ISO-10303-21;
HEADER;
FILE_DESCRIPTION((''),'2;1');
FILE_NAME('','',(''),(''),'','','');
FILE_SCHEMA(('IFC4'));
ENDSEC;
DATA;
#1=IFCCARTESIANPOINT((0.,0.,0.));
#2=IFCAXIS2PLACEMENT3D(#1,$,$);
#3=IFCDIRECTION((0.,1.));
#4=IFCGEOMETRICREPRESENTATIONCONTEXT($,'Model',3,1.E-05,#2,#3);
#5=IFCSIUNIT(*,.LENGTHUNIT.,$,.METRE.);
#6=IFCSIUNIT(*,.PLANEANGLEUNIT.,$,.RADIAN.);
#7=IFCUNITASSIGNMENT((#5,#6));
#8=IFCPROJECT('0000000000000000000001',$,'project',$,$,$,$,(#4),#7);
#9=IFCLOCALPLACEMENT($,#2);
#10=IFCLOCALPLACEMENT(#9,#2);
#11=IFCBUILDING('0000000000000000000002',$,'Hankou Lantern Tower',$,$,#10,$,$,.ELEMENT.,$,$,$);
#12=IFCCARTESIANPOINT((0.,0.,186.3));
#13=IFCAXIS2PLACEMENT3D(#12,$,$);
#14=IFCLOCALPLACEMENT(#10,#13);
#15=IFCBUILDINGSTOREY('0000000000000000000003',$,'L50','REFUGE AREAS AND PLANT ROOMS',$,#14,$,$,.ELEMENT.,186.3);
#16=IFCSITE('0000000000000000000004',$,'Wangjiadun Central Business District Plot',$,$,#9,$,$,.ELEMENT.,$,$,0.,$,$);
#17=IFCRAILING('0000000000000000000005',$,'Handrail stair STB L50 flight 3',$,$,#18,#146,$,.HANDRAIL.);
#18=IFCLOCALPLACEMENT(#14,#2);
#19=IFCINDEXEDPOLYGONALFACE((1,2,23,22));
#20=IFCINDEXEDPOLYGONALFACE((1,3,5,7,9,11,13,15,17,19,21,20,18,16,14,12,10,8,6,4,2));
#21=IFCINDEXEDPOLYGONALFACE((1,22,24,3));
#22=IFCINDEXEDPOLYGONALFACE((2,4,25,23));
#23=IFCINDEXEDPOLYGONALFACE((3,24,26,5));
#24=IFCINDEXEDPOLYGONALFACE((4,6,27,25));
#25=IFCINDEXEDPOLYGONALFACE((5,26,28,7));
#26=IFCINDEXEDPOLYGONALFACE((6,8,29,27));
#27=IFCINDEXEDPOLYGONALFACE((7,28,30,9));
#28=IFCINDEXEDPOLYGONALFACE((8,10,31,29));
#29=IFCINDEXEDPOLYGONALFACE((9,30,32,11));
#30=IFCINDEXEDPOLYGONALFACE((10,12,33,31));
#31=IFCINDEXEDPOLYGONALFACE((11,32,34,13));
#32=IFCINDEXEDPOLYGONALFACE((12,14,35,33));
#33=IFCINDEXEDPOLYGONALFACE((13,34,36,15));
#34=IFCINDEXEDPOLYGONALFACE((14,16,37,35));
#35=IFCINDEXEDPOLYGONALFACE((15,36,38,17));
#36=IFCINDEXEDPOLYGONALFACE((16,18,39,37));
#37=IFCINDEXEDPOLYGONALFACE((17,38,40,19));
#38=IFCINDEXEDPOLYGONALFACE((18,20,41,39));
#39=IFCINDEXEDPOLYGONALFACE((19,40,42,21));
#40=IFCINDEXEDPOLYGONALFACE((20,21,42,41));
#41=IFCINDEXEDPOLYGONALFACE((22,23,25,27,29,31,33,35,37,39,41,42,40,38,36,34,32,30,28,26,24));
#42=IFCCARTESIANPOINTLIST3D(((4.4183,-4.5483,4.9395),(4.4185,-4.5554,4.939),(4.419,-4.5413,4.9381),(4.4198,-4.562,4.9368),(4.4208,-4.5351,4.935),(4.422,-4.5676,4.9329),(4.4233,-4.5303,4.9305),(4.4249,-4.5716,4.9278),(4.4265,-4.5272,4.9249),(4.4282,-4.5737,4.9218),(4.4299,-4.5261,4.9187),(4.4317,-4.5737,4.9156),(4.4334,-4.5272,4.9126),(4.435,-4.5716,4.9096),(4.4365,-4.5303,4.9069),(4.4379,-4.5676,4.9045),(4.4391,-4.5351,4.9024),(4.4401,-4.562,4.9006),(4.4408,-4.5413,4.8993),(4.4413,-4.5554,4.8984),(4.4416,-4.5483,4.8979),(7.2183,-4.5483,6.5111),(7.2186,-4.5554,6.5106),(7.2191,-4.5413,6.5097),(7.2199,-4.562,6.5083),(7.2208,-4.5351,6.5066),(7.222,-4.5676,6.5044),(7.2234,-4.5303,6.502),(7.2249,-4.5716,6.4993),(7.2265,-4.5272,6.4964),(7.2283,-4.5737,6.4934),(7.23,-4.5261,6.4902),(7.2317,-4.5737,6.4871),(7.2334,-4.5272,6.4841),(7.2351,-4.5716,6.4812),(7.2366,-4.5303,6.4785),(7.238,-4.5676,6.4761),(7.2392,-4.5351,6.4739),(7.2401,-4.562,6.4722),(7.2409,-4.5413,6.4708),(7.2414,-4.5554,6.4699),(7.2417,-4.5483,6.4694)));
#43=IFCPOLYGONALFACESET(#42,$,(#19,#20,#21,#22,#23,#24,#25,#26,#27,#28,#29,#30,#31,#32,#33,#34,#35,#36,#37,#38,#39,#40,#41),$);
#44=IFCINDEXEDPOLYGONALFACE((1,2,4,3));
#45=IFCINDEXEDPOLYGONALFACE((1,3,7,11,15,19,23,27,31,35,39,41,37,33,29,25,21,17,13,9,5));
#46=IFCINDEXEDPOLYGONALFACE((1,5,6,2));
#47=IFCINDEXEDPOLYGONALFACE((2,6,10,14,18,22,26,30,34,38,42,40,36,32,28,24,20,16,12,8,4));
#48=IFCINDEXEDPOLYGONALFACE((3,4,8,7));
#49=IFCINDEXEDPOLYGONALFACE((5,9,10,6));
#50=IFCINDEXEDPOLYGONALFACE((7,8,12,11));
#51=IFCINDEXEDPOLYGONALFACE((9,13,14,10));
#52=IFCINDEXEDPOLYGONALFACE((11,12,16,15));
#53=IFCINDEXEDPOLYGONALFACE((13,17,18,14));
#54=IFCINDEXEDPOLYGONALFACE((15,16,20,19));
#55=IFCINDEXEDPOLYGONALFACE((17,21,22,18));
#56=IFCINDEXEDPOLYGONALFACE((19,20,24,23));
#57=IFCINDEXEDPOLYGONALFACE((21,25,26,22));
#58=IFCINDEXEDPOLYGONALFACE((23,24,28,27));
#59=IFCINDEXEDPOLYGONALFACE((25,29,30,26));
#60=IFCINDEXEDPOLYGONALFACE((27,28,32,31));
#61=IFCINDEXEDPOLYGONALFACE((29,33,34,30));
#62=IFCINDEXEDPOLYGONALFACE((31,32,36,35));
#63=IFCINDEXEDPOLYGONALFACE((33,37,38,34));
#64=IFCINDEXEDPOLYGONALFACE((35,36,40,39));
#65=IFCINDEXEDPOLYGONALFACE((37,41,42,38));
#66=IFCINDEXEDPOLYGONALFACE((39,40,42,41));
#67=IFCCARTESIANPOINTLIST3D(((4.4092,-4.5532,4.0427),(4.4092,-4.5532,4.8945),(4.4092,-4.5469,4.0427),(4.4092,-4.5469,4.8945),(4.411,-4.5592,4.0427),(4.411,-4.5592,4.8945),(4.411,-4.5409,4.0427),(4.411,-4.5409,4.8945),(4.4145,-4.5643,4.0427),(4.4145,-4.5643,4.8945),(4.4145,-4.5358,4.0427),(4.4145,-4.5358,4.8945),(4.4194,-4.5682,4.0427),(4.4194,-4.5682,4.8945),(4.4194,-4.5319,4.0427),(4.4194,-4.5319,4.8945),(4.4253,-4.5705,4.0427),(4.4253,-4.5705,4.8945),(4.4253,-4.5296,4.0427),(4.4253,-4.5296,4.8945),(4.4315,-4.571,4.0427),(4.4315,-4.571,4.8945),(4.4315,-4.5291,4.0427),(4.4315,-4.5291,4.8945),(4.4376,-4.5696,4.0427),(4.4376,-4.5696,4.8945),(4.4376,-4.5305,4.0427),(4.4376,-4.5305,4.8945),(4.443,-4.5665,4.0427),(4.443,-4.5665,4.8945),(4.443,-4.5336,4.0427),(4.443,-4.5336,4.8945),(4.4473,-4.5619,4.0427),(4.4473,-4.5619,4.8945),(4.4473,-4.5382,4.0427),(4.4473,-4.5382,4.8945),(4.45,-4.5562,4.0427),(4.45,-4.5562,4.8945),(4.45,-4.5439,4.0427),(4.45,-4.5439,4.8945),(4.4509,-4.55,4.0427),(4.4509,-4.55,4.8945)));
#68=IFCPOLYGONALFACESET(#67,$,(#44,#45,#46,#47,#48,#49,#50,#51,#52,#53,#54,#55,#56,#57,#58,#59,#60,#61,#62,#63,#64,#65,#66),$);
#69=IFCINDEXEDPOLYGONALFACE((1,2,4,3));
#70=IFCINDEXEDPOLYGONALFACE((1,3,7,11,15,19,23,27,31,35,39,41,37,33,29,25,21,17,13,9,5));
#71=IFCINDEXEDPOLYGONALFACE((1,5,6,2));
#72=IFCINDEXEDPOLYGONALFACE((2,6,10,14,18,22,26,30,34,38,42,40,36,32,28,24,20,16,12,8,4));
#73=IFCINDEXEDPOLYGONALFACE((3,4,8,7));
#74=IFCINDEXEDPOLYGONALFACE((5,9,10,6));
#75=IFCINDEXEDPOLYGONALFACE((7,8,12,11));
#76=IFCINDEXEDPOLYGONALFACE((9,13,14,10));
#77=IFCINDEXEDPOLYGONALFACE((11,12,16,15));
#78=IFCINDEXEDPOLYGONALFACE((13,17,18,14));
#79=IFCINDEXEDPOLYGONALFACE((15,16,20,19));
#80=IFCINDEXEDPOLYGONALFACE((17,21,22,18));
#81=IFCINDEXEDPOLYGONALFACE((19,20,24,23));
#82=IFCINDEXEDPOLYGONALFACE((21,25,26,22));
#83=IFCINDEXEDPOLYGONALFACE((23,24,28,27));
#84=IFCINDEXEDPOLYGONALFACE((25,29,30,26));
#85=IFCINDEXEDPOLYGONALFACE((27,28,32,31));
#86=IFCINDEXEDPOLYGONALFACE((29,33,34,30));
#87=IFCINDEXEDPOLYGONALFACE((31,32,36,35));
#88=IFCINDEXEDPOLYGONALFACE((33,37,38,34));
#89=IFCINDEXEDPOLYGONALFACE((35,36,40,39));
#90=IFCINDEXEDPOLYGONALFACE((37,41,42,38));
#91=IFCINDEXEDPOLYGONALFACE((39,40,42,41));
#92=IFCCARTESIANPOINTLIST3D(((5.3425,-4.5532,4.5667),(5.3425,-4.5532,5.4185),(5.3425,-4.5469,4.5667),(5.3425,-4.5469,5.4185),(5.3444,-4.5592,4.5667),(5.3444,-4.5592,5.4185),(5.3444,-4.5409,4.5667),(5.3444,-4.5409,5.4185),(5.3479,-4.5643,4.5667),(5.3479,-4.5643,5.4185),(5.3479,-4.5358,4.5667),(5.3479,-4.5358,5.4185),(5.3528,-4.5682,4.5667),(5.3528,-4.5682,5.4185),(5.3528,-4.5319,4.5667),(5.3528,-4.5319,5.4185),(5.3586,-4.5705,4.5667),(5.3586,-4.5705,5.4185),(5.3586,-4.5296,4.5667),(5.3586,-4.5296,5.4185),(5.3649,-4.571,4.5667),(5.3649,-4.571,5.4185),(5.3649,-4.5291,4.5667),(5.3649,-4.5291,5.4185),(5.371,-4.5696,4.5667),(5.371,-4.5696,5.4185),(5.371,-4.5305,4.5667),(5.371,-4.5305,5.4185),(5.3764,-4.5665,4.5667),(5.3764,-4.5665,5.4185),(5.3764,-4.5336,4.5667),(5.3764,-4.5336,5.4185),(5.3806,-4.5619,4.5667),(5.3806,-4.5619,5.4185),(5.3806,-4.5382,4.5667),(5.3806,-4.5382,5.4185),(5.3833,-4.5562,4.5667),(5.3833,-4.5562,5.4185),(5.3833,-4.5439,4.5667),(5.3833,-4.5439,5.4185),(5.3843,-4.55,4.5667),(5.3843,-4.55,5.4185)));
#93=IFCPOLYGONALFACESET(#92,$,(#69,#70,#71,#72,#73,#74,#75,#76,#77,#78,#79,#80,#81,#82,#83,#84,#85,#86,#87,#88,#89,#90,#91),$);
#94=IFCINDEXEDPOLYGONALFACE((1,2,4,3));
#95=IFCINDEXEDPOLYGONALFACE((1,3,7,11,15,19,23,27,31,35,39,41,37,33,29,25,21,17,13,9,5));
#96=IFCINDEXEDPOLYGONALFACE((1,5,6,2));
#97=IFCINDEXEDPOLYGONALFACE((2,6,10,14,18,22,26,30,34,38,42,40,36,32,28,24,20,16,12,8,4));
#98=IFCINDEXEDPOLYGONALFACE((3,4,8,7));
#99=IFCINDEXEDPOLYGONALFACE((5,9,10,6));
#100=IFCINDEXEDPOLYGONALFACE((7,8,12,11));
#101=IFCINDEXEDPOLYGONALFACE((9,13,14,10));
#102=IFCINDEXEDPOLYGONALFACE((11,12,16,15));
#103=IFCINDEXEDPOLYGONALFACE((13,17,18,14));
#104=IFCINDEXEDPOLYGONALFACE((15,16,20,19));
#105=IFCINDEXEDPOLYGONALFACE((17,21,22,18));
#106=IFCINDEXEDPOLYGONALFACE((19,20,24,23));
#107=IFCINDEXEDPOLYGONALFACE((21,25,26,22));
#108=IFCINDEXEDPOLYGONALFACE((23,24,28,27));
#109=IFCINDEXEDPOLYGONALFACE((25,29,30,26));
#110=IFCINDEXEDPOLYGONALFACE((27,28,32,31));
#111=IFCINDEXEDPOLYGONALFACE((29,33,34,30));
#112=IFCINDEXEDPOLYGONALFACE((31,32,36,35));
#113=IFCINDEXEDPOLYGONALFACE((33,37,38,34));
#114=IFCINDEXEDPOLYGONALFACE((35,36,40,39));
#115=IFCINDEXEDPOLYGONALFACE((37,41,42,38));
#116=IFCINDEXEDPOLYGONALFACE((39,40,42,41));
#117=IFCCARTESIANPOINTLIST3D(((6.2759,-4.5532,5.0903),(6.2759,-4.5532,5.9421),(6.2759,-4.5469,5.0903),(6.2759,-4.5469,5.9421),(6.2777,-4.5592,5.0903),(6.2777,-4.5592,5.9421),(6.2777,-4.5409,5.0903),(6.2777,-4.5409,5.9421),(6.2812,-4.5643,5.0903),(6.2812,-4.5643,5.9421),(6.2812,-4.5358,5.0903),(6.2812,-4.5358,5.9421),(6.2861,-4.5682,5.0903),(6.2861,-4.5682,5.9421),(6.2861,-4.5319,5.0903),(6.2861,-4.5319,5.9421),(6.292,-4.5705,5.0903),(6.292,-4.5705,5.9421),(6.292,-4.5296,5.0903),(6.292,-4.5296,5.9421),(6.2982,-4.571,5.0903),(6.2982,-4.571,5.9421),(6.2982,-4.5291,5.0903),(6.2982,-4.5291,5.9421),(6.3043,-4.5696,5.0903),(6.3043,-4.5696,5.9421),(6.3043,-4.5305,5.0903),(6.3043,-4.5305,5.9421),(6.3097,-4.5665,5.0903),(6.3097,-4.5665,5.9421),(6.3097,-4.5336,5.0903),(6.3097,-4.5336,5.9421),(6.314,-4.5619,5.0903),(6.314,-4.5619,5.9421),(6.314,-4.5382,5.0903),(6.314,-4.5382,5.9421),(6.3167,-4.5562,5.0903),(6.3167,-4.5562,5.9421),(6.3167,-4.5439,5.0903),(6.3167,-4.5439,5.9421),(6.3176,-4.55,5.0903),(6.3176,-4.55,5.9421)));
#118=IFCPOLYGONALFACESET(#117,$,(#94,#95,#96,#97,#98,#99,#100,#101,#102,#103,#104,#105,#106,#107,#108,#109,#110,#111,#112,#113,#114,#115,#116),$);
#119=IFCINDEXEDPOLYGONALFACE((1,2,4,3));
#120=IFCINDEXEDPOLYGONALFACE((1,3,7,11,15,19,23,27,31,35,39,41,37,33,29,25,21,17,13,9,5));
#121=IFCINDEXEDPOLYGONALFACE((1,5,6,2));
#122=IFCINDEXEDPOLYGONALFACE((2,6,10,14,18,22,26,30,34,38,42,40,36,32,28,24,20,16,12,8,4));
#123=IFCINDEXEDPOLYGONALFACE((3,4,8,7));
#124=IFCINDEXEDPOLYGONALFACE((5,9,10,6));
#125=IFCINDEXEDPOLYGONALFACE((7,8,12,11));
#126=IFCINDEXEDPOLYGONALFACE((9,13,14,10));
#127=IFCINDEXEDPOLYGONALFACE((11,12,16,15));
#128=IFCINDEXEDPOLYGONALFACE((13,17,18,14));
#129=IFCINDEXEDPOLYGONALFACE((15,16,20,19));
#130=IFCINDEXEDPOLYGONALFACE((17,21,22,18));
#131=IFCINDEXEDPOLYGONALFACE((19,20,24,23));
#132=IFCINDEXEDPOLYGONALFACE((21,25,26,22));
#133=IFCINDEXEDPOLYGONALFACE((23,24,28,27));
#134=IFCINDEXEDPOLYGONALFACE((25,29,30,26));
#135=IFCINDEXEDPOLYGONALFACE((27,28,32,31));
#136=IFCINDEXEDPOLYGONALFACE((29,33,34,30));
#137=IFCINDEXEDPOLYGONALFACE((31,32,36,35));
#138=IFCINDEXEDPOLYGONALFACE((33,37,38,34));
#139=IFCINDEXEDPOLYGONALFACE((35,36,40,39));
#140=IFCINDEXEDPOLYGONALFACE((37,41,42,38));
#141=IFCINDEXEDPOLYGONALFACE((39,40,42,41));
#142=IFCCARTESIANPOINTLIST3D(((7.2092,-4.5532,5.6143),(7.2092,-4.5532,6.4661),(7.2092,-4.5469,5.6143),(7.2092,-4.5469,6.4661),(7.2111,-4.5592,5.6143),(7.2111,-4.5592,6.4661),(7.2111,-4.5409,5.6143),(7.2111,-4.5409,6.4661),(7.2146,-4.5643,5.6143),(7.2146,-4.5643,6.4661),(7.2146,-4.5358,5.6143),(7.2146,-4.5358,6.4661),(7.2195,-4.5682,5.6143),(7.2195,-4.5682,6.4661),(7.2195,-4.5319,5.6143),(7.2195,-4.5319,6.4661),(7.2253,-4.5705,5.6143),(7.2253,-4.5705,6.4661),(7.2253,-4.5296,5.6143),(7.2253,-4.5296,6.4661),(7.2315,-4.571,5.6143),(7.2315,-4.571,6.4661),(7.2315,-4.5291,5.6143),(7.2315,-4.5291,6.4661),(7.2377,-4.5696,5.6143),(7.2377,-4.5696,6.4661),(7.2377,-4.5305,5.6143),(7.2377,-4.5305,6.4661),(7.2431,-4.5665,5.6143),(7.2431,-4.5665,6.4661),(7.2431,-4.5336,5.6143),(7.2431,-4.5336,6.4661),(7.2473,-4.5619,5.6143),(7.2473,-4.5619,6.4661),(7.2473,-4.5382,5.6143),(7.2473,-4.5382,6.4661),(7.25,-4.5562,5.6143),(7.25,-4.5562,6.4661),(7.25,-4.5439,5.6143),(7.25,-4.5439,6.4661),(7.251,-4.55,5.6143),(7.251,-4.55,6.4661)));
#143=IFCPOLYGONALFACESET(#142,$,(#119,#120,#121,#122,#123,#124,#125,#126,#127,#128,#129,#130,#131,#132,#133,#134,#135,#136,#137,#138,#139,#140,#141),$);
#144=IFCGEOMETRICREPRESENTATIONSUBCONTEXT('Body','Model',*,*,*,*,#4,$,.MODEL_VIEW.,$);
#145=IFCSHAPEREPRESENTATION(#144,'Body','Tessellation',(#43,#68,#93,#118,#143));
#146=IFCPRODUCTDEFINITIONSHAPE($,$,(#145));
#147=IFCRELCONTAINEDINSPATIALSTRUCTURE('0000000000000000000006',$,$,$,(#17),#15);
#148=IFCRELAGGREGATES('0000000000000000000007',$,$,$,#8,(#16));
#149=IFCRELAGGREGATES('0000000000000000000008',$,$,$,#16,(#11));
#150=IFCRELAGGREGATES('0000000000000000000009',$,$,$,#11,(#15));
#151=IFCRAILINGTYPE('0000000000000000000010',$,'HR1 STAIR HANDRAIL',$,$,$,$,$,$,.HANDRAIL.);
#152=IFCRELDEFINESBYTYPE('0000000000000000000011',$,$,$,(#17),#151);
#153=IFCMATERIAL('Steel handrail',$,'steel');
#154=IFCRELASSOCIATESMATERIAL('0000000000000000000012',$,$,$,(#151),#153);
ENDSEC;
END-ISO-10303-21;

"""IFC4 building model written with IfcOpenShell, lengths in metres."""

from ifc_helpers import new_model, si_unit, direction, frame, origin, origin_2d, place, context, subcontext, project, spatial, circle, extrude, material, type_object, element, save


model = new_model("IFC4")

# Units and contexts
model_context = context("Model", 3, precision=1e-05, world=origin(), true_north=direction((0.0, 1.0)))
body_context = subcontext(model_context, "Body", "Model", "MODEL_VIEW")
ifc_project = project(units=[si_unit("LENGTHUNIT", "METRE"), si_unit("PLANEANGLEUNIT", "RADIAN")], contexts=[model_context])

# Site, building, storey
site_placement = place(None, origin())
site = spatial("IfcSite", under=ifc_project, at=site_placement, Name="Wangjiadun Central Business District Plot", CompositionType="ELEMENT", RefElevation=0.0)
building_placement = place(site_placement, origin())
building = spatial("IfcBuilding", under=site, at=building_placement, Name="Hankou Lantern Tower", CompositionType="ELEMENT")
storey_placement = place(building_placement, frame((0.0, 0.0, 186.3)))
storey = spatial("IfcBuildingStorey", under=building, at=storey_placement, Name="L50", Description="REFUGE AREAS AND PLANT ROOMS", CompositionType="ELEMENT", Elevation=186.3)

# Railing
ifc_material_1 = material(Name="Steel handrail", Category="steel")
railing_type = type_object("IfcRailingType", Name="HR1 STAIR HANDRAIL", PredefinedType="HANDRAIL", material=ifc_material_1)
railing_1_placement = place(storey_placement, frame((4.4299, -4.55, 4.0427)))
element("IfcRailing", 1, at=railing_1_placement, inside=storey, type_object=railing_type, Name="Handrail stair STB L50 flight 3", PredefinedType="HANDRAIL", context=body_context, shape_type="SweptSolid", body=[
    extrude(circle(Radius=0.0239, at=origin_2d()), frame((0.0, 0.0, 0.876), z_axis=(0.87204, 0.0, 0.489434), x_axis=(0.0, 1.0, 0.0)), (0.0, 0.0, 1.0), 3.2109),
    extrude(circle(Radius=0.021, at=origin_2d()), origin(), (0.0, 0.0, 1.0), 0.8518),
    extrude(circle(Radius=0.021, at=origin_2d()), frame((0.9333, 0.0, 0.5239)), (0.0, 0.0, 1.0), 0.8518),
    extrude(circle(Radius=0.021, at=origin_2d()), frame((1.8667, 0.0, 1.0476)), (0.0, 0.0, 1.0), 0.8518),
    extrude(circle(Radius=0.021, at=origin_2d()), frame((2.8, 0.0, 1.5715)), (0.0, 0.0, 1.0), 0.8518),
])

save(model, "model.ifc")
